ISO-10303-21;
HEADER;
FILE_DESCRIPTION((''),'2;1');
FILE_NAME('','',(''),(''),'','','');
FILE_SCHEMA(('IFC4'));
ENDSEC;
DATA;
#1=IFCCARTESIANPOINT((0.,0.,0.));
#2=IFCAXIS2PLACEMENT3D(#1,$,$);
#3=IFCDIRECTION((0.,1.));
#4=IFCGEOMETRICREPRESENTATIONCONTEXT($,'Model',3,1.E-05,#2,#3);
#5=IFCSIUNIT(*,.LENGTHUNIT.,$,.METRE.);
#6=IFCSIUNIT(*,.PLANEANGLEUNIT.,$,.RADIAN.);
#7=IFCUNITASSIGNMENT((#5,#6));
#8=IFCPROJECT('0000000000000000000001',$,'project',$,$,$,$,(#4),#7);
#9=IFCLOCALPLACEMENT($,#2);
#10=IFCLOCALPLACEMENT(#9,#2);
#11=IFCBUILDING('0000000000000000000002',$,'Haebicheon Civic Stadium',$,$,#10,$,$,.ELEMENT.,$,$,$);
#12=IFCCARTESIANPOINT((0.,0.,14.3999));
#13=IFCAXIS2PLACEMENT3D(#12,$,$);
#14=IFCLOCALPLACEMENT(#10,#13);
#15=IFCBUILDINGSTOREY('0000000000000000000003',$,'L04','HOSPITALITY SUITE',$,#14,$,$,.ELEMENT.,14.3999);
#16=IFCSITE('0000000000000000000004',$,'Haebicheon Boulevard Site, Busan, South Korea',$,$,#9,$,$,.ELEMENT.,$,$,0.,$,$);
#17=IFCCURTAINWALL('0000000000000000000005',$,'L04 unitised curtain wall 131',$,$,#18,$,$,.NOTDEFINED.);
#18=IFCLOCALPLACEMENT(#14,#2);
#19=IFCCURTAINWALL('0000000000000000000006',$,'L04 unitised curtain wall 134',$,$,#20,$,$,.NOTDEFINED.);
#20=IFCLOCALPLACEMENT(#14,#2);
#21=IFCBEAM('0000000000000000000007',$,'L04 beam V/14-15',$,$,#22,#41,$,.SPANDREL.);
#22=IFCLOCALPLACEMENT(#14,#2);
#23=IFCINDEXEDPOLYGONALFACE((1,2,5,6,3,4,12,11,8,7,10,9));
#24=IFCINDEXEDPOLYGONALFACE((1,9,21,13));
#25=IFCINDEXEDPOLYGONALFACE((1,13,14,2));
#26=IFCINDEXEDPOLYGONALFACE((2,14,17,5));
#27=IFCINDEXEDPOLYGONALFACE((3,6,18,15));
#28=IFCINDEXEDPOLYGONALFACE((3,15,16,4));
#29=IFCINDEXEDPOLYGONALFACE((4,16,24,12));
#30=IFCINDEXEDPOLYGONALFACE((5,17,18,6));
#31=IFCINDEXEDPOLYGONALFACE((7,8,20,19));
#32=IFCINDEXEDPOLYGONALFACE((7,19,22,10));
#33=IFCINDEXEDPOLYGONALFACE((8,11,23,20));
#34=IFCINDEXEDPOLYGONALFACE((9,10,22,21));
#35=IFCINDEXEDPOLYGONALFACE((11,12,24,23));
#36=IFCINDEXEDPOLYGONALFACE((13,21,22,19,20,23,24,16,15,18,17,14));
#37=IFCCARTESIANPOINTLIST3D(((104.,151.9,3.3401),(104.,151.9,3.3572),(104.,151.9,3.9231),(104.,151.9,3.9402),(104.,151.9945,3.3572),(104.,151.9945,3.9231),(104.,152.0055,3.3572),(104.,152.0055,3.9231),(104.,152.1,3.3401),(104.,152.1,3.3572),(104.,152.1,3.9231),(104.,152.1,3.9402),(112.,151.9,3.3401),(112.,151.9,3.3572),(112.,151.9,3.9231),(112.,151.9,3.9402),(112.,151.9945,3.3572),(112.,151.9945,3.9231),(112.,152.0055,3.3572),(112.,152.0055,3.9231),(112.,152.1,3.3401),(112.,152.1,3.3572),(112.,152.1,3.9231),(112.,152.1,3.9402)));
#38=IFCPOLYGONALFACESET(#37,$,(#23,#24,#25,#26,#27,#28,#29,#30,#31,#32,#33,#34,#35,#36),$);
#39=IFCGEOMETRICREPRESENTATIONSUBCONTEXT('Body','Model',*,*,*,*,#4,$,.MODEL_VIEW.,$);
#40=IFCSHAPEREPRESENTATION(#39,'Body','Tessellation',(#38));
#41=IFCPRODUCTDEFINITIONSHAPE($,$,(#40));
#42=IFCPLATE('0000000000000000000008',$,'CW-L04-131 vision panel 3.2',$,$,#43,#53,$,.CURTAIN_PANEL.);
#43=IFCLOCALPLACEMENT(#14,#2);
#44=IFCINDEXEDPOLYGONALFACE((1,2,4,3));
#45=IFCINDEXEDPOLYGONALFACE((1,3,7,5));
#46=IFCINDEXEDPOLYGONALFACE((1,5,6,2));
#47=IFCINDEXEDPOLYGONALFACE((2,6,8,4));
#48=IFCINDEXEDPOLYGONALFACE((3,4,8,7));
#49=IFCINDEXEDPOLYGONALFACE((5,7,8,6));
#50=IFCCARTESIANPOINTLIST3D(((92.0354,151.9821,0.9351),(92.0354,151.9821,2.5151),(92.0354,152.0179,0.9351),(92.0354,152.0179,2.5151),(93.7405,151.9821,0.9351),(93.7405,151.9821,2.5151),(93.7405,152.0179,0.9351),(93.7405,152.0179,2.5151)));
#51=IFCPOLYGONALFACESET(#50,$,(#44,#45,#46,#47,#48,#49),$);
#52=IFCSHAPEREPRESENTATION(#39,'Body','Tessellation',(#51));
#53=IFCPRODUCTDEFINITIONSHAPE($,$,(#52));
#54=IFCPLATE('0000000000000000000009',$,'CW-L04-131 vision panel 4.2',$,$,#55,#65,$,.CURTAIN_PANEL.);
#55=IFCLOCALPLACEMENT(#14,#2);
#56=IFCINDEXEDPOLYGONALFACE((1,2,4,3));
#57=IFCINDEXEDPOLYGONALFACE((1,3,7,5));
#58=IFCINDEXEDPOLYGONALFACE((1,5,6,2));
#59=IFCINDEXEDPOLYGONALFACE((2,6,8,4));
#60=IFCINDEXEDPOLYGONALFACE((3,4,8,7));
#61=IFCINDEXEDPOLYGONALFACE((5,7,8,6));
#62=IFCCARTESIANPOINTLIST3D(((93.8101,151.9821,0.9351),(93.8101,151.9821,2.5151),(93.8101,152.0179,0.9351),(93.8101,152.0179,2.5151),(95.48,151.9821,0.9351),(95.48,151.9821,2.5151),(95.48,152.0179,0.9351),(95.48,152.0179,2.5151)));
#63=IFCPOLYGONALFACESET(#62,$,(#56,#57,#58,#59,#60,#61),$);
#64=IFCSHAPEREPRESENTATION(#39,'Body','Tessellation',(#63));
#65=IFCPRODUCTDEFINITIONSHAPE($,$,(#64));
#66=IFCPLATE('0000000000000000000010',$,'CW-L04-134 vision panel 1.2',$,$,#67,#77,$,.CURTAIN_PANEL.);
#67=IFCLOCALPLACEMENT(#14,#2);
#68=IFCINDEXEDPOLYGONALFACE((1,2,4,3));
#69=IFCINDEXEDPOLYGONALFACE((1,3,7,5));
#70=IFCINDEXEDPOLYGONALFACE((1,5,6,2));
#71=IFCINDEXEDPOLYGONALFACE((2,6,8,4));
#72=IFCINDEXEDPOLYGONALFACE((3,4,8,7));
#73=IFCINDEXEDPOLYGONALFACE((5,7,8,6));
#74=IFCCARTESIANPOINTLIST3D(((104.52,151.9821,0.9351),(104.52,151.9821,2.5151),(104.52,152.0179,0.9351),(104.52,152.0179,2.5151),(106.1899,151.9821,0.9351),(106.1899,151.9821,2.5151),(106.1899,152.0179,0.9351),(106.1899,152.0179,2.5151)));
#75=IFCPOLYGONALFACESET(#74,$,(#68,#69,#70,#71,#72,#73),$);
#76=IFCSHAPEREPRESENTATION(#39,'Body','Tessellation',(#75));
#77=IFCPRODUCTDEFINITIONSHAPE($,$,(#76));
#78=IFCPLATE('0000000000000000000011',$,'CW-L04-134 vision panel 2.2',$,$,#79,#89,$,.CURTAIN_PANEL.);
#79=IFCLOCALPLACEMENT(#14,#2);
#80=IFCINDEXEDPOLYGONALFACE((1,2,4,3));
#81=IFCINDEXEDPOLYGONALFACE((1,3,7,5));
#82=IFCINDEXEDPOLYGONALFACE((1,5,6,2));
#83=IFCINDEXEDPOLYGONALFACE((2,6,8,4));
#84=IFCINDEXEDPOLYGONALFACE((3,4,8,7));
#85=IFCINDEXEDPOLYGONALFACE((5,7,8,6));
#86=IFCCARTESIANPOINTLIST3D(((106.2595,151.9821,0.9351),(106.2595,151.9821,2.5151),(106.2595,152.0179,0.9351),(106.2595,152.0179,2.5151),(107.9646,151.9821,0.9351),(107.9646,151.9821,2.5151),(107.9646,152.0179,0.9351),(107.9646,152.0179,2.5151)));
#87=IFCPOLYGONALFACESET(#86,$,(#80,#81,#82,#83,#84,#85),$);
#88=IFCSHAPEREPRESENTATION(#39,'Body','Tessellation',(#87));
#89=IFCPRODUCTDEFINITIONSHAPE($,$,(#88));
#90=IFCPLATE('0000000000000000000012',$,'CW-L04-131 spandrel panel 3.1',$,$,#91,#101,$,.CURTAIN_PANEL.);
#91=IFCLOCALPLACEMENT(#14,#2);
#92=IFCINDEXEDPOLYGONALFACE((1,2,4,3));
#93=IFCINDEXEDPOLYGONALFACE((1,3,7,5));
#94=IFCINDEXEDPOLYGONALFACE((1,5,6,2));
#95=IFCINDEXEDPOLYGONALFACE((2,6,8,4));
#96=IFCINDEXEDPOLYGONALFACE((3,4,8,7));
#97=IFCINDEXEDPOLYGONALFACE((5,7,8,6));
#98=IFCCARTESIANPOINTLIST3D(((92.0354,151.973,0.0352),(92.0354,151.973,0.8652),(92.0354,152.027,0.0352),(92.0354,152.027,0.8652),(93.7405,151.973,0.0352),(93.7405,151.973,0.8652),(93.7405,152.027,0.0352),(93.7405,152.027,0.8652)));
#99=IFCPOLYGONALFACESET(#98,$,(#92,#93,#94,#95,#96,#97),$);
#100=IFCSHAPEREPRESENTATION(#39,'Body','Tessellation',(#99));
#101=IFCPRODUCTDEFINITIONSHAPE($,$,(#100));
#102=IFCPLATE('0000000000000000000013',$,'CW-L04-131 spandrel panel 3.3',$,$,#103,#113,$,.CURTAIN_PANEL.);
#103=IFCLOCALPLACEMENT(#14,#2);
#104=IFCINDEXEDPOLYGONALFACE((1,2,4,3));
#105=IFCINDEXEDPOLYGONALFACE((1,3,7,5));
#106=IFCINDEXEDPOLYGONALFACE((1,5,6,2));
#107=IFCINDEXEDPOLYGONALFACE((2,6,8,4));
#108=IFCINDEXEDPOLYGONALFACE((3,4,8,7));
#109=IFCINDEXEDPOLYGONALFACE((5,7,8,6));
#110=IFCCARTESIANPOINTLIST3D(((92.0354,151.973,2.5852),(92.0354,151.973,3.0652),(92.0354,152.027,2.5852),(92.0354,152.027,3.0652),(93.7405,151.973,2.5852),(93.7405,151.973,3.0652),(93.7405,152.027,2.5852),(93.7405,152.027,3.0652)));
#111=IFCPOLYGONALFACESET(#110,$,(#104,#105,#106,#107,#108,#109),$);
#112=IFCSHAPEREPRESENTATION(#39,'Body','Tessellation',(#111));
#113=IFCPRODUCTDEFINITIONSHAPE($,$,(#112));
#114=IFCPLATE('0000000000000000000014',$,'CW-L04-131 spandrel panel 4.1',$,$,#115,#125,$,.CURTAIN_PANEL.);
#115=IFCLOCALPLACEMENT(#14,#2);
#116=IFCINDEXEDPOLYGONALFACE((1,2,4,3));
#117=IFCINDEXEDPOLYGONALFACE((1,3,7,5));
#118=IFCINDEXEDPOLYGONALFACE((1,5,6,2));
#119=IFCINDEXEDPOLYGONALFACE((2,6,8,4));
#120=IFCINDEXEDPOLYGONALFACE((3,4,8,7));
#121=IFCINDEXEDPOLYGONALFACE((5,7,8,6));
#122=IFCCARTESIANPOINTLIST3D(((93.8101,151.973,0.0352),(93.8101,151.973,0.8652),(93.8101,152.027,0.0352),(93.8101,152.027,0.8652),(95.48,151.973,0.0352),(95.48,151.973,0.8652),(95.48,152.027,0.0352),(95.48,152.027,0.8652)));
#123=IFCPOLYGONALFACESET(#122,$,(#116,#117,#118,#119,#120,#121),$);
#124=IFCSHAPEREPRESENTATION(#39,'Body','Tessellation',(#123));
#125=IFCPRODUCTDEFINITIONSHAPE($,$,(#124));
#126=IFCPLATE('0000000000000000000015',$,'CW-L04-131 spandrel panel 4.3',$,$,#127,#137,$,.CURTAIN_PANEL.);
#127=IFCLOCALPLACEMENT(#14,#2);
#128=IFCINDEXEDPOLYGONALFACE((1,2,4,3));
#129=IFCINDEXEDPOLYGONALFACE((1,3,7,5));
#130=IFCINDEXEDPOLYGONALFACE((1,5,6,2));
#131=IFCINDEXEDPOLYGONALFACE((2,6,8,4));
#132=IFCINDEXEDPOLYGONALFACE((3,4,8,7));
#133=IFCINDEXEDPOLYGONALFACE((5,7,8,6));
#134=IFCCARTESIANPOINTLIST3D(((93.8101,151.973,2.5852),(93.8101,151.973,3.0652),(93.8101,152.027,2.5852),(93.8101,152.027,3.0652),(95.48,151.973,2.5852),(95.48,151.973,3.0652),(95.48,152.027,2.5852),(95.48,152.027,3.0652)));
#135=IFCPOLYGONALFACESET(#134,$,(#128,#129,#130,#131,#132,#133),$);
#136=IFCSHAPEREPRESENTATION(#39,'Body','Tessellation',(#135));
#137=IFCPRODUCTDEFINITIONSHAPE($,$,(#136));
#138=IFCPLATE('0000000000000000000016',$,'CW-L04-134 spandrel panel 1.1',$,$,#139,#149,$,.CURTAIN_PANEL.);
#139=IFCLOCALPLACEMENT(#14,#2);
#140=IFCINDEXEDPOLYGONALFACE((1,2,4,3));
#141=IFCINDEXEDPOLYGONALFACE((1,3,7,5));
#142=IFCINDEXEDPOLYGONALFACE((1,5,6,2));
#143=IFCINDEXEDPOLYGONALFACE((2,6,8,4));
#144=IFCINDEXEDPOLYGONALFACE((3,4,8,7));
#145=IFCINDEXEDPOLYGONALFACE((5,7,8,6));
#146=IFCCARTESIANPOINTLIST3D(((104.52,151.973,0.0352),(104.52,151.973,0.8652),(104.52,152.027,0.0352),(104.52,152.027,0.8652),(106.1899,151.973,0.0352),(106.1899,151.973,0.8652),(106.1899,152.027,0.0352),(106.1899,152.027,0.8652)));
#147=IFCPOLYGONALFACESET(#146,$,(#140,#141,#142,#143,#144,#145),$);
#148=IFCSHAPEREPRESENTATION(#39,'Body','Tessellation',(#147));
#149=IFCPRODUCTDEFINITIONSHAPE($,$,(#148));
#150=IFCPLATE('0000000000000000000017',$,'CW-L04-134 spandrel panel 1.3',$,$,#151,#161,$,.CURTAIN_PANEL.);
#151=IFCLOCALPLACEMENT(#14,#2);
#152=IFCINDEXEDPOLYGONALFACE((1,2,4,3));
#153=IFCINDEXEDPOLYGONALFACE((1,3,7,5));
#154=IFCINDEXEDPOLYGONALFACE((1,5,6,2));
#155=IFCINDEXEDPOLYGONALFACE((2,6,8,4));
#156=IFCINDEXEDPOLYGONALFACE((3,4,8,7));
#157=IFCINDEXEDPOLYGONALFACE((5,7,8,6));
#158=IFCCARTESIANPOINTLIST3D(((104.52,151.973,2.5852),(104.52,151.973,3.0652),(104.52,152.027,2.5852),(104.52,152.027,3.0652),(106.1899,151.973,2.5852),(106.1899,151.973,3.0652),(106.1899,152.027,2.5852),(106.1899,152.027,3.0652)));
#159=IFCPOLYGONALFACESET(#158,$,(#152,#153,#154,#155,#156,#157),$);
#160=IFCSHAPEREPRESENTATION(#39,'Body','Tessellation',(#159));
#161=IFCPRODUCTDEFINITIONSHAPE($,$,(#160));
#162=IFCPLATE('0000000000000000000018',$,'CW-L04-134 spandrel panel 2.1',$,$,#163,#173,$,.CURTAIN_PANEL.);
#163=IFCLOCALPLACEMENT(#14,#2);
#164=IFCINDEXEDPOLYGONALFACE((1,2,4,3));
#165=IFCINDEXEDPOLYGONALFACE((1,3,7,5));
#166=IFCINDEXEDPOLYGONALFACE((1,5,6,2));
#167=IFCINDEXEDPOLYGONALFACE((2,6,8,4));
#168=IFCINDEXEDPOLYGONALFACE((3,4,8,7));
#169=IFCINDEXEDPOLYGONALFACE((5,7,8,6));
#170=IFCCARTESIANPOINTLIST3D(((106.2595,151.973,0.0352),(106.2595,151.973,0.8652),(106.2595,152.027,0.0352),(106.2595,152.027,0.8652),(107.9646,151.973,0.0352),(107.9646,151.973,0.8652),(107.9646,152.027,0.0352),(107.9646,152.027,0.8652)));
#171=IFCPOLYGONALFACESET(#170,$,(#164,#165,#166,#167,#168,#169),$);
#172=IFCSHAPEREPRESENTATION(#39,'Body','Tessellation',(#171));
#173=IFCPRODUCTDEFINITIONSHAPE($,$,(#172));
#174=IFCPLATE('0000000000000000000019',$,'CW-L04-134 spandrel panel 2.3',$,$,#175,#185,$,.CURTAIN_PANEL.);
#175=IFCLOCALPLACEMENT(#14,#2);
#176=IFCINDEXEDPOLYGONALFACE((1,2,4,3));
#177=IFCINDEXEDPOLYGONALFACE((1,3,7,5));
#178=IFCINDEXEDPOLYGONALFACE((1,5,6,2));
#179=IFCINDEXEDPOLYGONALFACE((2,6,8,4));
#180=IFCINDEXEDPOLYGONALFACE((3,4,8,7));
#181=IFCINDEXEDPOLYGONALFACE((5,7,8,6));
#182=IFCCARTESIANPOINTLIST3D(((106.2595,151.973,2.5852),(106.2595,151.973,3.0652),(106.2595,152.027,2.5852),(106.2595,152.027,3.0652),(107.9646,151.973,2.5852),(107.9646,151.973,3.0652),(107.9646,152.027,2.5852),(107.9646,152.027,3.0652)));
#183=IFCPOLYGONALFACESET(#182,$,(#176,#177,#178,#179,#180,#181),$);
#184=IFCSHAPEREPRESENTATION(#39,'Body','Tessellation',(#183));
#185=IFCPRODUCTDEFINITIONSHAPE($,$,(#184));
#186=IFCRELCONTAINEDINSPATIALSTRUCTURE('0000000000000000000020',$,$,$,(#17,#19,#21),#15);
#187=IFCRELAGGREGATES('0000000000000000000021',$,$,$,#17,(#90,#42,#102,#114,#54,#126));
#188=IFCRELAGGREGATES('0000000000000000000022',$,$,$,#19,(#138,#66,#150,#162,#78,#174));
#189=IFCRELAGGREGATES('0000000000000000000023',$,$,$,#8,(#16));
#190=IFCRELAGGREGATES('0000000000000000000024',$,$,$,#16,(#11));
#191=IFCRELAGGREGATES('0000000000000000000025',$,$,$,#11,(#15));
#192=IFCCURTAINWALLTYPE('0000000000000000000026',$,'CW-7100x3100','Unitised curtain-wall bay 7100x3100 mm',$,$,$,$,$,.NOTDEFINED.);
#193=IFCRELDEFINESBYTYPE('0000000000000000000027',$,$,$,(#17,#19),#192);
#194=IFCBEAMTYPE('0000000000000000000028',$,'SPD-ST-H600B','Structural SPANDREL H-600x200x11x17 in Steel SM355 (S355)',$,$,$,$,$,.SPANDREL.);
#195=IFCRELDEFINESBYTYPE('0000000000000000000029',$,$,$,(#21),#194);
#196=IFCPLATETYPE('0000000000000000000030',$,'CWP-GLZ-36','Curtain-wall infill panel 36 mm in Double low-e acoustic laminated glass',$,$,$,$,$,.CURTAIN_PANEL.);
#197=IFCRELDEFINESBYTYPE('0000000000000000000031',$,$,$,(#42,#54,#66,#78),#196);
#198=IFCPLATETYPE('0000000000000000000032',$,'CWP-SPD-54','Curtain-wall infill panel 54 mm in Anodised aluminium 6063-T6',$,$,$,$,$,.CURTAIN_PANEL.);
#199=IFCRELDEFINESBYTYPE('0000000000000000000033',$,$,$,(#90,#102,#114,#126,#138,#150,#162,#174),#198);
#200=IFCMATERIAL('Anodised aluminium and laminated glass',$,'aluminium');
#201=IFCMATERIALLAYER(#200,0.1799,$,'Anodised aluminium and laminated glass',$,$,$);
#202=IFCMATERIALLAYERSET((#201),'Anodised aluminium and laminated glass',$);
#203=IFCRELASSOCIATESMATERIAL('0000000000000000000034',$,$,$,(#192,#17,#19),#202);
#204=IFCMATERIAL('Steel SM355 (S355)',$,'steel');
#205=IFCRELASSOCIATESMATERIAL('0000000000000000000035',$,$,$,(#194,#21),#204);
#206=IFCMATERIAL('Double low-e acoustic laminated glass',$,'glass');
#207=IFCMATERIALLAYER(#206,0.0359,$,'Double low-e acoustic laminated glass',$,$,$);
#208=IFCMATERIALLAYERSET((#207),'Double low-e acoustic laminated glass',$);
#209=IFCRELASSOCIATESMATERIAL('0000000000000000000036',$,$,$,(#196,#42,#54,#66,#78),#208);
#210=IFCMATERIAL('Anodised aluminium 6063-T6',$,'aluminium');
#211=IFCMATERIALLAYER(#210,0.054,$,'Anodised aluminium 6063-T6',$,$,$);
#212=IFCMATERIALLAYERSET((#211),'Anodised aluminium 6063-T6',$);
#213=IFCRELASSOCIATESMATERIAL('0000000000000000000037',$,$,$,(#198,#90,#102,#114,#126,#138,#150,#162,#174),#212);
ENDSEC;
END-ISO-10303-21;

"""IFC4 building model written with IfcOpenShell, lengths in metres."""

from ifc_helpers import new_model, si_unit, direction, frame, origin, origin_2d, place, context, subcontext, project, spatial, rectangle, i_section, extrude, material, layer, layer_set, material_profile, profile_set, type_object, element, aggregate, save


model = new_model("IFC4")

# Units and contexts
model_context = context("Model", 3, precision=1e-05, world=origin(), true_north=direction((0.0, 1.0)))
body_context = subcontext(model_context, "Body", "Model", "MODEL_VIEW")
ifc_project = project(units=[si_unit("LENGTHUNIT", "METRE"), si_unit("PLANEANGLEUNIT", "RADIAN")], contexts=[model_context])

# Site, building, storey
site_placement = place(None, origin())
site = spatial("IfcSite", under=ifc_project, at=site_placement, Name="Haebicheon Boulevard Site, Busan, South Korea", CompositionType="ELEMENT", RefElevation=0.0)
building_placement = place(site_placement, origin())
building = spatial("IfcBuilding", under=site, at=building_placement, Name="Haebicheon Civic Stadium", CompositionType="ELEMENT")
storey_placement = place(building_placement, frame((0.0, 0.0, 14.3999)))
storey = spatial("IfcBuildingStorey", under=building, at=storey_placement, Name="L04", Description="HOSPITALITY SUITE", CompositionType="ELEMENT", Elevation=14.3999)

# Curtain walls
ifc_material_1 = material(Name="Anodised aluminium and laminated glass", Category="aluminium")
ifc_layer_1 = layer(ifc_material_1, 0.1799, Name="Anodised aluminium and laminated glass")
ifc_layer_set_1 = layer_set([ifc_layer_1], Name="Anodised aluminium and laminated glass")
curtain_wall_type = type_object("IfcCurtainWallType", Name="CW-7100x3100", Description="Unitised curtain-wall bay 7100x3100 mm", PredefinedType="NOTDEFINED", material=ifc_layer_set_1)
curtain_wall_1_placement = place(storey_placement, origin())
curtain_wall_1 = element("IfcCurtainWall", 1, at=curtain_wall_1_placement, inside=storey, type_object=curtain_wall_type, material=ifc_layer_set_1, Name="L04 unitised curtain wall 131", PredefinedType="NOTDEFINED")
curtain_wall_2_placement = place(storey_placement, origin())
curtain_wall_2 = element("IfcCurtainWall", 2, at=curtain_wall_2_placement, inside=storey, type_object=curtain_wall_type, material=ifc_layer_set_1, Name="L04 unitised curtain wall 134", PredefinedType="NOTDEFINED")

# Beam
ifc_material_2 = material(Name="Steel SM355 (S355)", Category="steel")
ifc_material_profile_1 = material_profile(ifc_material_2, i_section(OverallWidth=0.2, OverallDepth=0.6001, WebThickness=0.011, FlangeThickness=0.0171, at=origin_2d()), Name="H-600x200x11x17")
ifc_profile_set_1 = profile_set([ifc_material_profile_1], Name="Steel SM355 (S355)")
beam_type_1 = type_object("IfcBeamType", Name="SPD-ST-H600B", Description="Structural SPANDREL H-600x200x11x17 in Steel SM355 (S355)", PredefinedType="SPANDREL", material=ifc_profile_set_1)
for number, where, z_axis, x_axis, name in (
    (3, (104.0, 152.0, 3.6401), (1.0, 0.0, 0.0), (0.0, 1.0, 0.0), "L04 beam V/14-15"),
):
    element("IfcBeam", number, at=place(storey_placement, frame(where, z_axis=z_axis, x_axis=x_axis)), inside=storey, type_object=beam_type_1, material=ifc_profile_set_1, Name=name, PredefinedType="SPANDREL", context=body_context, shape_type="SweptSolid", body=[
        extrude(i_section(OverallWidth=0.2, OverallDepth=0.6001, WebThickness=0.011, FlangeThickness=0.0171, at=origin_2d()), origin(), (0.0, 0.0, 1.0), 8.0),
    ])

# Plates
ifc_material_3 = material(Name="Double low-e acoustic laminated glass", Category="glass")
ifc_layer_2 = layer(ifc_material_3, 0.0359, Name="Double low-e acoustic laminated glass")
ifc_layer_set_2 = layer_set([ifc_layer_2], Name="Double low-e acoustic laminated glass")
plate_type_1 = type_object("IfcPlateType", Name="CWP-GLZ-36", Description="Curtain-wall infill panel 36 mm in Double low-e acoustic laminated glass", PredefinedType="CURTAIN_PANEL", material=ifc_layer_set_2)
plate_1_placement = place(storey_placement, frame((92.8879, 152.0, 0.9351), z_axis=(0.0, 0.0, 1.0), x_axis=(1.0, 0.0, 0.0)))
plate_1 = element("IfcPlate", 4, at=plate_1_placement, type_object=plate_type_1, material=ifc_layer_set_2, Name="CW-L04-131 vision panel 3.2", PredefinedType="CURTAIN_PANEL", context=body_context, shape_type="SweptSolid", body=[
    extrude(rectangle(XDim=1.7051, YDim=0.0359, at=origin_2d()), origin(), (0.0, 0.0, 1.0), 1.5801),
])
plate_2_placement = place(storey_placement, frame((94.645, 152.0, 0.9351), z_axis=(0.0, 0.0, 1.0), x_axis=(1.0, 0.0, 0.0)))
plate_2 = element("IfcPlate", 5, at=plate_2_placement, type_object=plate_type_1, material=ifc_layer_set_2, Name="CW-L04-131 vision panel 4.2", PredefinedType="CURTAIN_PANEL", context=body_context, shape_type="SweptSolid", body=[
    extrude(rectangle(XDim=1.6699, YDim=0.0359, at=origin_2d()), origin(), (0.0, 0.0, 1.0), 1.5801),
])
plate_3_placement = place(storey_placement, frame((105.355, 152.0, 0.9351), z_axis=(0.0, 0.0, 1.0), x_axis=(1.0, 0.0, 0.0)))
plate_3 = element("IfcPlate", 6, at=plate_3_placement, type_object=plate_type_1, material=ifc_layer_set_2, Name="CW-L04-134 vision panel 1.2", PredefinedType="CURTAIN_PANEL", context=body_context, shape_type="SweptSolid", body=[
    extrude(rectangle(XDim=1.6699, YDim=0.0359, at=origin_2d()), origin(), (0.0, 0.0, 1.0), 1.5801),
])
plate_4_placement = place(storey_placement, frame((107.1121, 152.0, 0.9351), z_axis=(0.0, 0.0, 1.0), x_axis=(1.0, 0.0, 0.0)))
plate_4 = element("IfcPlate", 7, at=plate_4_placement, type_object=plate_type_1, material=ifc_layer_set_2, Name="CW-L04-134 vision panel 2.2", PredefinedType="CURTAIN_PANEL", context=body_context, shape_type="SweptSolid", body=[
    extrude(rectangle(XDim=1.7051, YDim=0.0359, at=origin_2d()), origin(), (0.0, 0.0, 1.0), 1.5801),
])
ifc_material_4 = material(Name="Anodised aluminium 6063-T6", Category="aluminium")
ifc_layer_3 = layer(ifc_material_4, 0.054, Name="Anodised aluminium 6063-T6")
ifc_layer_set_3 = layer_set([ifc_layer_3], Name="Anodised aluminium 6063-T6")
plate_type_2 = type_object("IfcPlateType", Name="CWP-SPD-54", Description="Curtain-wall infill panel 54 mm in Anodised aluminium 6063-T6", PredefinedType="CURTAIN_PANEL", material=ifc_layer_set_3)
plate_5_placement = place(storey_placement, frame((92.8879, 152.0, 0.0352), z_axis=(0.0, 0.0, 1.0), x_axis=(1.0, 0.0, 0.0)))
plate_5 = element("IfcPlate", 8, at=plate_5_placement, type_object=plate_type_2, material=ifc_layer_set_3, Name="CW-L04-131 spandrel panel 3.1", PredefinedType="CURTAIN_PANEL", context=body_context, shape_type="SweptSolid", body=[
    extrude(rectangle(XDim=1.7051, YDim=0.054, at=origin_2d()), origin(), (0.0, 0.0, 1.0), 0.8301),
])
plate_6_placement = place(storey_placement, frame((92.8879, 152.0, 2.5852), z_axis=(0.0, 0.0, 1.0), x_axis=(1.0, 0.0, 0.0)))
plate_6 = element("IfcPlate", 9, at=plate_6_placement, type_object=plate_type_2, material=ifc_layer_set_3, Name="CW-L04-131 spandrel panel 3.3", PredefinedType="CURTAIN_PANEL", context=body_context, shape_type="SweptSolid", body=[
    extrude(rectangle(XDim=1.7051, YDim=0.054, at=origin_2d()), origin(), (0.0, 0.0, 1.0), 0.48),
])
plate_7_placement = place(storey_placement, frame((94.645, 152.0, 0.0352), z_axis=(0.0, 0.0, 1.0), x_axis=(1.0, 0.0, 0.0)))
plate_7 = element("IfcPlate", 10, at=plate_7_placement, type_object=plate_type_2, material=ifc_layer_set_3, Name="CW-L04-131 spandrel panel 4.1", PredefinedType="CURTAIN_PANEL", context=body_context, shape_type="SweptSolid", body=[
    extrude(rectangle(XDim=1.6699, YDim=0.054, at=origin_2d()), origin(), (0.0, 0.0, 1.0), 0.8301),
])
plate_8_placement = place(storey_placement, frame((94.645, 152.0, 2.5852), z_axis=(0.0, 0.0, 1.0), x_axis=(1.0, 0.0, 0.0)))
plate_8 = element("IfcPlate", 11, at=plate_8_placement, type_object=plate_type_2, material=ifc_layer_set_3, Name="CW-L04-131 spandrel panel 4.3", PredefinedType="CURTAIN_PANEL", context=body_context, shape_type="SweptSolid", body=[
    extrude(rectangle(XDim=1.6699, YDim=0.054, at=origin_2d()), origin(), (0.0, 0.0, 1.0), 0.48),
])
aggregate(curtain_wall_1, [plate_5, plate_1, plate_6, plate_7, plate_2, plate_8])
plate_9_placement = place(storey_placement, frame((105.355, 152.0, 0.0352), z_axis=(0.0, 0.0, 1.0), x_axis=(1.0, 0.0, 0.0)))
plate_9 = element("IfcPlate", 12, at=plate_9_placement, type_object=plate_type_2, material=ifc_layer_set_3, Name="CW-L04-134 spandrel panel 1.1", PredefinedType="CURTAIN_PANEL", context=body_context, shape_type="SweptSolid", body=[
    extrude(rectangle(XDim=1.6699, YDim=0.054, at=origin_2d()), origin(), (0.0, 0.0, 1.0), 0.8301),
])
plate_10_placement = place(storey_placement, frame((105.355, 152.0, 2.5852), z_axis=(0.0, 0.0, 1.0), x_axis=(1.0, 0.0, 0.0)))
plate_10 = element("IfcPlate", 13, at=plate_10_placement, type_object=plate_type_2, material=ifc_layer_set_3, Name="CW-L04-134 spandrel panel 1.3", PredefinedType="CURTAIN_PANEL", context=body_context, shape_type="SweptSolid", body=[
    extrude(rectangle(XDim=1.6699, YDim=0.054, at=origin_2d()), origin(), (0.0, 0.0, 1.0), 0.48),
])
plate_11_placement = place(storey_placement, frame((107.1121, 152.0, 0.0352), z_axis=(0.0, 0.0, 1.0), x_axis=(1.0, 0.0, 0.0)))
plate_11 = element("IfcPlate", 14, at=plate_11_placement, type_object=plate_type_2, material=ifc_layer_set_3, Name="CW-L04-134 spandrel panel 2.1", PredefinedType="CURTAIN_PANEL", context=body_context, shape_type="SweptSolid", body=[
    extrude(rectangle(XDim=1.7051, YDim=0.054, at=origin_2d()), origin(), (0.0, 0.0, 1.0), 0.8301),
])
plate_12_placement = place(storey_placement, frame((107.1121, 152.0, 2.5852), z_axis=(0.0, 0.0, 1.0), x_axis=(1.0, 0.0, 0.0)))
plate_12 = element("IfcPlate", 15, at=plate_12_placement, type_object=plate_type_2, material=ifc_layer_set_3, Name="CW-L04-134 spandrel panel 2.3", PredefinedType="CURTAIN_PANEL", context=body_context, shape_type="SweptSolid", body=[
    extrude(rectangle(XDim=1.7051, YDim=0.054, at=origin_2d()), origin(), (0.0, 0.0, 1.0), 0.48),
])
aggregate(curtain_wall_2, [plate_9, plate_3, plate_10, plate_11, plate_4, plate_12])

save(model, "model.ifc")
